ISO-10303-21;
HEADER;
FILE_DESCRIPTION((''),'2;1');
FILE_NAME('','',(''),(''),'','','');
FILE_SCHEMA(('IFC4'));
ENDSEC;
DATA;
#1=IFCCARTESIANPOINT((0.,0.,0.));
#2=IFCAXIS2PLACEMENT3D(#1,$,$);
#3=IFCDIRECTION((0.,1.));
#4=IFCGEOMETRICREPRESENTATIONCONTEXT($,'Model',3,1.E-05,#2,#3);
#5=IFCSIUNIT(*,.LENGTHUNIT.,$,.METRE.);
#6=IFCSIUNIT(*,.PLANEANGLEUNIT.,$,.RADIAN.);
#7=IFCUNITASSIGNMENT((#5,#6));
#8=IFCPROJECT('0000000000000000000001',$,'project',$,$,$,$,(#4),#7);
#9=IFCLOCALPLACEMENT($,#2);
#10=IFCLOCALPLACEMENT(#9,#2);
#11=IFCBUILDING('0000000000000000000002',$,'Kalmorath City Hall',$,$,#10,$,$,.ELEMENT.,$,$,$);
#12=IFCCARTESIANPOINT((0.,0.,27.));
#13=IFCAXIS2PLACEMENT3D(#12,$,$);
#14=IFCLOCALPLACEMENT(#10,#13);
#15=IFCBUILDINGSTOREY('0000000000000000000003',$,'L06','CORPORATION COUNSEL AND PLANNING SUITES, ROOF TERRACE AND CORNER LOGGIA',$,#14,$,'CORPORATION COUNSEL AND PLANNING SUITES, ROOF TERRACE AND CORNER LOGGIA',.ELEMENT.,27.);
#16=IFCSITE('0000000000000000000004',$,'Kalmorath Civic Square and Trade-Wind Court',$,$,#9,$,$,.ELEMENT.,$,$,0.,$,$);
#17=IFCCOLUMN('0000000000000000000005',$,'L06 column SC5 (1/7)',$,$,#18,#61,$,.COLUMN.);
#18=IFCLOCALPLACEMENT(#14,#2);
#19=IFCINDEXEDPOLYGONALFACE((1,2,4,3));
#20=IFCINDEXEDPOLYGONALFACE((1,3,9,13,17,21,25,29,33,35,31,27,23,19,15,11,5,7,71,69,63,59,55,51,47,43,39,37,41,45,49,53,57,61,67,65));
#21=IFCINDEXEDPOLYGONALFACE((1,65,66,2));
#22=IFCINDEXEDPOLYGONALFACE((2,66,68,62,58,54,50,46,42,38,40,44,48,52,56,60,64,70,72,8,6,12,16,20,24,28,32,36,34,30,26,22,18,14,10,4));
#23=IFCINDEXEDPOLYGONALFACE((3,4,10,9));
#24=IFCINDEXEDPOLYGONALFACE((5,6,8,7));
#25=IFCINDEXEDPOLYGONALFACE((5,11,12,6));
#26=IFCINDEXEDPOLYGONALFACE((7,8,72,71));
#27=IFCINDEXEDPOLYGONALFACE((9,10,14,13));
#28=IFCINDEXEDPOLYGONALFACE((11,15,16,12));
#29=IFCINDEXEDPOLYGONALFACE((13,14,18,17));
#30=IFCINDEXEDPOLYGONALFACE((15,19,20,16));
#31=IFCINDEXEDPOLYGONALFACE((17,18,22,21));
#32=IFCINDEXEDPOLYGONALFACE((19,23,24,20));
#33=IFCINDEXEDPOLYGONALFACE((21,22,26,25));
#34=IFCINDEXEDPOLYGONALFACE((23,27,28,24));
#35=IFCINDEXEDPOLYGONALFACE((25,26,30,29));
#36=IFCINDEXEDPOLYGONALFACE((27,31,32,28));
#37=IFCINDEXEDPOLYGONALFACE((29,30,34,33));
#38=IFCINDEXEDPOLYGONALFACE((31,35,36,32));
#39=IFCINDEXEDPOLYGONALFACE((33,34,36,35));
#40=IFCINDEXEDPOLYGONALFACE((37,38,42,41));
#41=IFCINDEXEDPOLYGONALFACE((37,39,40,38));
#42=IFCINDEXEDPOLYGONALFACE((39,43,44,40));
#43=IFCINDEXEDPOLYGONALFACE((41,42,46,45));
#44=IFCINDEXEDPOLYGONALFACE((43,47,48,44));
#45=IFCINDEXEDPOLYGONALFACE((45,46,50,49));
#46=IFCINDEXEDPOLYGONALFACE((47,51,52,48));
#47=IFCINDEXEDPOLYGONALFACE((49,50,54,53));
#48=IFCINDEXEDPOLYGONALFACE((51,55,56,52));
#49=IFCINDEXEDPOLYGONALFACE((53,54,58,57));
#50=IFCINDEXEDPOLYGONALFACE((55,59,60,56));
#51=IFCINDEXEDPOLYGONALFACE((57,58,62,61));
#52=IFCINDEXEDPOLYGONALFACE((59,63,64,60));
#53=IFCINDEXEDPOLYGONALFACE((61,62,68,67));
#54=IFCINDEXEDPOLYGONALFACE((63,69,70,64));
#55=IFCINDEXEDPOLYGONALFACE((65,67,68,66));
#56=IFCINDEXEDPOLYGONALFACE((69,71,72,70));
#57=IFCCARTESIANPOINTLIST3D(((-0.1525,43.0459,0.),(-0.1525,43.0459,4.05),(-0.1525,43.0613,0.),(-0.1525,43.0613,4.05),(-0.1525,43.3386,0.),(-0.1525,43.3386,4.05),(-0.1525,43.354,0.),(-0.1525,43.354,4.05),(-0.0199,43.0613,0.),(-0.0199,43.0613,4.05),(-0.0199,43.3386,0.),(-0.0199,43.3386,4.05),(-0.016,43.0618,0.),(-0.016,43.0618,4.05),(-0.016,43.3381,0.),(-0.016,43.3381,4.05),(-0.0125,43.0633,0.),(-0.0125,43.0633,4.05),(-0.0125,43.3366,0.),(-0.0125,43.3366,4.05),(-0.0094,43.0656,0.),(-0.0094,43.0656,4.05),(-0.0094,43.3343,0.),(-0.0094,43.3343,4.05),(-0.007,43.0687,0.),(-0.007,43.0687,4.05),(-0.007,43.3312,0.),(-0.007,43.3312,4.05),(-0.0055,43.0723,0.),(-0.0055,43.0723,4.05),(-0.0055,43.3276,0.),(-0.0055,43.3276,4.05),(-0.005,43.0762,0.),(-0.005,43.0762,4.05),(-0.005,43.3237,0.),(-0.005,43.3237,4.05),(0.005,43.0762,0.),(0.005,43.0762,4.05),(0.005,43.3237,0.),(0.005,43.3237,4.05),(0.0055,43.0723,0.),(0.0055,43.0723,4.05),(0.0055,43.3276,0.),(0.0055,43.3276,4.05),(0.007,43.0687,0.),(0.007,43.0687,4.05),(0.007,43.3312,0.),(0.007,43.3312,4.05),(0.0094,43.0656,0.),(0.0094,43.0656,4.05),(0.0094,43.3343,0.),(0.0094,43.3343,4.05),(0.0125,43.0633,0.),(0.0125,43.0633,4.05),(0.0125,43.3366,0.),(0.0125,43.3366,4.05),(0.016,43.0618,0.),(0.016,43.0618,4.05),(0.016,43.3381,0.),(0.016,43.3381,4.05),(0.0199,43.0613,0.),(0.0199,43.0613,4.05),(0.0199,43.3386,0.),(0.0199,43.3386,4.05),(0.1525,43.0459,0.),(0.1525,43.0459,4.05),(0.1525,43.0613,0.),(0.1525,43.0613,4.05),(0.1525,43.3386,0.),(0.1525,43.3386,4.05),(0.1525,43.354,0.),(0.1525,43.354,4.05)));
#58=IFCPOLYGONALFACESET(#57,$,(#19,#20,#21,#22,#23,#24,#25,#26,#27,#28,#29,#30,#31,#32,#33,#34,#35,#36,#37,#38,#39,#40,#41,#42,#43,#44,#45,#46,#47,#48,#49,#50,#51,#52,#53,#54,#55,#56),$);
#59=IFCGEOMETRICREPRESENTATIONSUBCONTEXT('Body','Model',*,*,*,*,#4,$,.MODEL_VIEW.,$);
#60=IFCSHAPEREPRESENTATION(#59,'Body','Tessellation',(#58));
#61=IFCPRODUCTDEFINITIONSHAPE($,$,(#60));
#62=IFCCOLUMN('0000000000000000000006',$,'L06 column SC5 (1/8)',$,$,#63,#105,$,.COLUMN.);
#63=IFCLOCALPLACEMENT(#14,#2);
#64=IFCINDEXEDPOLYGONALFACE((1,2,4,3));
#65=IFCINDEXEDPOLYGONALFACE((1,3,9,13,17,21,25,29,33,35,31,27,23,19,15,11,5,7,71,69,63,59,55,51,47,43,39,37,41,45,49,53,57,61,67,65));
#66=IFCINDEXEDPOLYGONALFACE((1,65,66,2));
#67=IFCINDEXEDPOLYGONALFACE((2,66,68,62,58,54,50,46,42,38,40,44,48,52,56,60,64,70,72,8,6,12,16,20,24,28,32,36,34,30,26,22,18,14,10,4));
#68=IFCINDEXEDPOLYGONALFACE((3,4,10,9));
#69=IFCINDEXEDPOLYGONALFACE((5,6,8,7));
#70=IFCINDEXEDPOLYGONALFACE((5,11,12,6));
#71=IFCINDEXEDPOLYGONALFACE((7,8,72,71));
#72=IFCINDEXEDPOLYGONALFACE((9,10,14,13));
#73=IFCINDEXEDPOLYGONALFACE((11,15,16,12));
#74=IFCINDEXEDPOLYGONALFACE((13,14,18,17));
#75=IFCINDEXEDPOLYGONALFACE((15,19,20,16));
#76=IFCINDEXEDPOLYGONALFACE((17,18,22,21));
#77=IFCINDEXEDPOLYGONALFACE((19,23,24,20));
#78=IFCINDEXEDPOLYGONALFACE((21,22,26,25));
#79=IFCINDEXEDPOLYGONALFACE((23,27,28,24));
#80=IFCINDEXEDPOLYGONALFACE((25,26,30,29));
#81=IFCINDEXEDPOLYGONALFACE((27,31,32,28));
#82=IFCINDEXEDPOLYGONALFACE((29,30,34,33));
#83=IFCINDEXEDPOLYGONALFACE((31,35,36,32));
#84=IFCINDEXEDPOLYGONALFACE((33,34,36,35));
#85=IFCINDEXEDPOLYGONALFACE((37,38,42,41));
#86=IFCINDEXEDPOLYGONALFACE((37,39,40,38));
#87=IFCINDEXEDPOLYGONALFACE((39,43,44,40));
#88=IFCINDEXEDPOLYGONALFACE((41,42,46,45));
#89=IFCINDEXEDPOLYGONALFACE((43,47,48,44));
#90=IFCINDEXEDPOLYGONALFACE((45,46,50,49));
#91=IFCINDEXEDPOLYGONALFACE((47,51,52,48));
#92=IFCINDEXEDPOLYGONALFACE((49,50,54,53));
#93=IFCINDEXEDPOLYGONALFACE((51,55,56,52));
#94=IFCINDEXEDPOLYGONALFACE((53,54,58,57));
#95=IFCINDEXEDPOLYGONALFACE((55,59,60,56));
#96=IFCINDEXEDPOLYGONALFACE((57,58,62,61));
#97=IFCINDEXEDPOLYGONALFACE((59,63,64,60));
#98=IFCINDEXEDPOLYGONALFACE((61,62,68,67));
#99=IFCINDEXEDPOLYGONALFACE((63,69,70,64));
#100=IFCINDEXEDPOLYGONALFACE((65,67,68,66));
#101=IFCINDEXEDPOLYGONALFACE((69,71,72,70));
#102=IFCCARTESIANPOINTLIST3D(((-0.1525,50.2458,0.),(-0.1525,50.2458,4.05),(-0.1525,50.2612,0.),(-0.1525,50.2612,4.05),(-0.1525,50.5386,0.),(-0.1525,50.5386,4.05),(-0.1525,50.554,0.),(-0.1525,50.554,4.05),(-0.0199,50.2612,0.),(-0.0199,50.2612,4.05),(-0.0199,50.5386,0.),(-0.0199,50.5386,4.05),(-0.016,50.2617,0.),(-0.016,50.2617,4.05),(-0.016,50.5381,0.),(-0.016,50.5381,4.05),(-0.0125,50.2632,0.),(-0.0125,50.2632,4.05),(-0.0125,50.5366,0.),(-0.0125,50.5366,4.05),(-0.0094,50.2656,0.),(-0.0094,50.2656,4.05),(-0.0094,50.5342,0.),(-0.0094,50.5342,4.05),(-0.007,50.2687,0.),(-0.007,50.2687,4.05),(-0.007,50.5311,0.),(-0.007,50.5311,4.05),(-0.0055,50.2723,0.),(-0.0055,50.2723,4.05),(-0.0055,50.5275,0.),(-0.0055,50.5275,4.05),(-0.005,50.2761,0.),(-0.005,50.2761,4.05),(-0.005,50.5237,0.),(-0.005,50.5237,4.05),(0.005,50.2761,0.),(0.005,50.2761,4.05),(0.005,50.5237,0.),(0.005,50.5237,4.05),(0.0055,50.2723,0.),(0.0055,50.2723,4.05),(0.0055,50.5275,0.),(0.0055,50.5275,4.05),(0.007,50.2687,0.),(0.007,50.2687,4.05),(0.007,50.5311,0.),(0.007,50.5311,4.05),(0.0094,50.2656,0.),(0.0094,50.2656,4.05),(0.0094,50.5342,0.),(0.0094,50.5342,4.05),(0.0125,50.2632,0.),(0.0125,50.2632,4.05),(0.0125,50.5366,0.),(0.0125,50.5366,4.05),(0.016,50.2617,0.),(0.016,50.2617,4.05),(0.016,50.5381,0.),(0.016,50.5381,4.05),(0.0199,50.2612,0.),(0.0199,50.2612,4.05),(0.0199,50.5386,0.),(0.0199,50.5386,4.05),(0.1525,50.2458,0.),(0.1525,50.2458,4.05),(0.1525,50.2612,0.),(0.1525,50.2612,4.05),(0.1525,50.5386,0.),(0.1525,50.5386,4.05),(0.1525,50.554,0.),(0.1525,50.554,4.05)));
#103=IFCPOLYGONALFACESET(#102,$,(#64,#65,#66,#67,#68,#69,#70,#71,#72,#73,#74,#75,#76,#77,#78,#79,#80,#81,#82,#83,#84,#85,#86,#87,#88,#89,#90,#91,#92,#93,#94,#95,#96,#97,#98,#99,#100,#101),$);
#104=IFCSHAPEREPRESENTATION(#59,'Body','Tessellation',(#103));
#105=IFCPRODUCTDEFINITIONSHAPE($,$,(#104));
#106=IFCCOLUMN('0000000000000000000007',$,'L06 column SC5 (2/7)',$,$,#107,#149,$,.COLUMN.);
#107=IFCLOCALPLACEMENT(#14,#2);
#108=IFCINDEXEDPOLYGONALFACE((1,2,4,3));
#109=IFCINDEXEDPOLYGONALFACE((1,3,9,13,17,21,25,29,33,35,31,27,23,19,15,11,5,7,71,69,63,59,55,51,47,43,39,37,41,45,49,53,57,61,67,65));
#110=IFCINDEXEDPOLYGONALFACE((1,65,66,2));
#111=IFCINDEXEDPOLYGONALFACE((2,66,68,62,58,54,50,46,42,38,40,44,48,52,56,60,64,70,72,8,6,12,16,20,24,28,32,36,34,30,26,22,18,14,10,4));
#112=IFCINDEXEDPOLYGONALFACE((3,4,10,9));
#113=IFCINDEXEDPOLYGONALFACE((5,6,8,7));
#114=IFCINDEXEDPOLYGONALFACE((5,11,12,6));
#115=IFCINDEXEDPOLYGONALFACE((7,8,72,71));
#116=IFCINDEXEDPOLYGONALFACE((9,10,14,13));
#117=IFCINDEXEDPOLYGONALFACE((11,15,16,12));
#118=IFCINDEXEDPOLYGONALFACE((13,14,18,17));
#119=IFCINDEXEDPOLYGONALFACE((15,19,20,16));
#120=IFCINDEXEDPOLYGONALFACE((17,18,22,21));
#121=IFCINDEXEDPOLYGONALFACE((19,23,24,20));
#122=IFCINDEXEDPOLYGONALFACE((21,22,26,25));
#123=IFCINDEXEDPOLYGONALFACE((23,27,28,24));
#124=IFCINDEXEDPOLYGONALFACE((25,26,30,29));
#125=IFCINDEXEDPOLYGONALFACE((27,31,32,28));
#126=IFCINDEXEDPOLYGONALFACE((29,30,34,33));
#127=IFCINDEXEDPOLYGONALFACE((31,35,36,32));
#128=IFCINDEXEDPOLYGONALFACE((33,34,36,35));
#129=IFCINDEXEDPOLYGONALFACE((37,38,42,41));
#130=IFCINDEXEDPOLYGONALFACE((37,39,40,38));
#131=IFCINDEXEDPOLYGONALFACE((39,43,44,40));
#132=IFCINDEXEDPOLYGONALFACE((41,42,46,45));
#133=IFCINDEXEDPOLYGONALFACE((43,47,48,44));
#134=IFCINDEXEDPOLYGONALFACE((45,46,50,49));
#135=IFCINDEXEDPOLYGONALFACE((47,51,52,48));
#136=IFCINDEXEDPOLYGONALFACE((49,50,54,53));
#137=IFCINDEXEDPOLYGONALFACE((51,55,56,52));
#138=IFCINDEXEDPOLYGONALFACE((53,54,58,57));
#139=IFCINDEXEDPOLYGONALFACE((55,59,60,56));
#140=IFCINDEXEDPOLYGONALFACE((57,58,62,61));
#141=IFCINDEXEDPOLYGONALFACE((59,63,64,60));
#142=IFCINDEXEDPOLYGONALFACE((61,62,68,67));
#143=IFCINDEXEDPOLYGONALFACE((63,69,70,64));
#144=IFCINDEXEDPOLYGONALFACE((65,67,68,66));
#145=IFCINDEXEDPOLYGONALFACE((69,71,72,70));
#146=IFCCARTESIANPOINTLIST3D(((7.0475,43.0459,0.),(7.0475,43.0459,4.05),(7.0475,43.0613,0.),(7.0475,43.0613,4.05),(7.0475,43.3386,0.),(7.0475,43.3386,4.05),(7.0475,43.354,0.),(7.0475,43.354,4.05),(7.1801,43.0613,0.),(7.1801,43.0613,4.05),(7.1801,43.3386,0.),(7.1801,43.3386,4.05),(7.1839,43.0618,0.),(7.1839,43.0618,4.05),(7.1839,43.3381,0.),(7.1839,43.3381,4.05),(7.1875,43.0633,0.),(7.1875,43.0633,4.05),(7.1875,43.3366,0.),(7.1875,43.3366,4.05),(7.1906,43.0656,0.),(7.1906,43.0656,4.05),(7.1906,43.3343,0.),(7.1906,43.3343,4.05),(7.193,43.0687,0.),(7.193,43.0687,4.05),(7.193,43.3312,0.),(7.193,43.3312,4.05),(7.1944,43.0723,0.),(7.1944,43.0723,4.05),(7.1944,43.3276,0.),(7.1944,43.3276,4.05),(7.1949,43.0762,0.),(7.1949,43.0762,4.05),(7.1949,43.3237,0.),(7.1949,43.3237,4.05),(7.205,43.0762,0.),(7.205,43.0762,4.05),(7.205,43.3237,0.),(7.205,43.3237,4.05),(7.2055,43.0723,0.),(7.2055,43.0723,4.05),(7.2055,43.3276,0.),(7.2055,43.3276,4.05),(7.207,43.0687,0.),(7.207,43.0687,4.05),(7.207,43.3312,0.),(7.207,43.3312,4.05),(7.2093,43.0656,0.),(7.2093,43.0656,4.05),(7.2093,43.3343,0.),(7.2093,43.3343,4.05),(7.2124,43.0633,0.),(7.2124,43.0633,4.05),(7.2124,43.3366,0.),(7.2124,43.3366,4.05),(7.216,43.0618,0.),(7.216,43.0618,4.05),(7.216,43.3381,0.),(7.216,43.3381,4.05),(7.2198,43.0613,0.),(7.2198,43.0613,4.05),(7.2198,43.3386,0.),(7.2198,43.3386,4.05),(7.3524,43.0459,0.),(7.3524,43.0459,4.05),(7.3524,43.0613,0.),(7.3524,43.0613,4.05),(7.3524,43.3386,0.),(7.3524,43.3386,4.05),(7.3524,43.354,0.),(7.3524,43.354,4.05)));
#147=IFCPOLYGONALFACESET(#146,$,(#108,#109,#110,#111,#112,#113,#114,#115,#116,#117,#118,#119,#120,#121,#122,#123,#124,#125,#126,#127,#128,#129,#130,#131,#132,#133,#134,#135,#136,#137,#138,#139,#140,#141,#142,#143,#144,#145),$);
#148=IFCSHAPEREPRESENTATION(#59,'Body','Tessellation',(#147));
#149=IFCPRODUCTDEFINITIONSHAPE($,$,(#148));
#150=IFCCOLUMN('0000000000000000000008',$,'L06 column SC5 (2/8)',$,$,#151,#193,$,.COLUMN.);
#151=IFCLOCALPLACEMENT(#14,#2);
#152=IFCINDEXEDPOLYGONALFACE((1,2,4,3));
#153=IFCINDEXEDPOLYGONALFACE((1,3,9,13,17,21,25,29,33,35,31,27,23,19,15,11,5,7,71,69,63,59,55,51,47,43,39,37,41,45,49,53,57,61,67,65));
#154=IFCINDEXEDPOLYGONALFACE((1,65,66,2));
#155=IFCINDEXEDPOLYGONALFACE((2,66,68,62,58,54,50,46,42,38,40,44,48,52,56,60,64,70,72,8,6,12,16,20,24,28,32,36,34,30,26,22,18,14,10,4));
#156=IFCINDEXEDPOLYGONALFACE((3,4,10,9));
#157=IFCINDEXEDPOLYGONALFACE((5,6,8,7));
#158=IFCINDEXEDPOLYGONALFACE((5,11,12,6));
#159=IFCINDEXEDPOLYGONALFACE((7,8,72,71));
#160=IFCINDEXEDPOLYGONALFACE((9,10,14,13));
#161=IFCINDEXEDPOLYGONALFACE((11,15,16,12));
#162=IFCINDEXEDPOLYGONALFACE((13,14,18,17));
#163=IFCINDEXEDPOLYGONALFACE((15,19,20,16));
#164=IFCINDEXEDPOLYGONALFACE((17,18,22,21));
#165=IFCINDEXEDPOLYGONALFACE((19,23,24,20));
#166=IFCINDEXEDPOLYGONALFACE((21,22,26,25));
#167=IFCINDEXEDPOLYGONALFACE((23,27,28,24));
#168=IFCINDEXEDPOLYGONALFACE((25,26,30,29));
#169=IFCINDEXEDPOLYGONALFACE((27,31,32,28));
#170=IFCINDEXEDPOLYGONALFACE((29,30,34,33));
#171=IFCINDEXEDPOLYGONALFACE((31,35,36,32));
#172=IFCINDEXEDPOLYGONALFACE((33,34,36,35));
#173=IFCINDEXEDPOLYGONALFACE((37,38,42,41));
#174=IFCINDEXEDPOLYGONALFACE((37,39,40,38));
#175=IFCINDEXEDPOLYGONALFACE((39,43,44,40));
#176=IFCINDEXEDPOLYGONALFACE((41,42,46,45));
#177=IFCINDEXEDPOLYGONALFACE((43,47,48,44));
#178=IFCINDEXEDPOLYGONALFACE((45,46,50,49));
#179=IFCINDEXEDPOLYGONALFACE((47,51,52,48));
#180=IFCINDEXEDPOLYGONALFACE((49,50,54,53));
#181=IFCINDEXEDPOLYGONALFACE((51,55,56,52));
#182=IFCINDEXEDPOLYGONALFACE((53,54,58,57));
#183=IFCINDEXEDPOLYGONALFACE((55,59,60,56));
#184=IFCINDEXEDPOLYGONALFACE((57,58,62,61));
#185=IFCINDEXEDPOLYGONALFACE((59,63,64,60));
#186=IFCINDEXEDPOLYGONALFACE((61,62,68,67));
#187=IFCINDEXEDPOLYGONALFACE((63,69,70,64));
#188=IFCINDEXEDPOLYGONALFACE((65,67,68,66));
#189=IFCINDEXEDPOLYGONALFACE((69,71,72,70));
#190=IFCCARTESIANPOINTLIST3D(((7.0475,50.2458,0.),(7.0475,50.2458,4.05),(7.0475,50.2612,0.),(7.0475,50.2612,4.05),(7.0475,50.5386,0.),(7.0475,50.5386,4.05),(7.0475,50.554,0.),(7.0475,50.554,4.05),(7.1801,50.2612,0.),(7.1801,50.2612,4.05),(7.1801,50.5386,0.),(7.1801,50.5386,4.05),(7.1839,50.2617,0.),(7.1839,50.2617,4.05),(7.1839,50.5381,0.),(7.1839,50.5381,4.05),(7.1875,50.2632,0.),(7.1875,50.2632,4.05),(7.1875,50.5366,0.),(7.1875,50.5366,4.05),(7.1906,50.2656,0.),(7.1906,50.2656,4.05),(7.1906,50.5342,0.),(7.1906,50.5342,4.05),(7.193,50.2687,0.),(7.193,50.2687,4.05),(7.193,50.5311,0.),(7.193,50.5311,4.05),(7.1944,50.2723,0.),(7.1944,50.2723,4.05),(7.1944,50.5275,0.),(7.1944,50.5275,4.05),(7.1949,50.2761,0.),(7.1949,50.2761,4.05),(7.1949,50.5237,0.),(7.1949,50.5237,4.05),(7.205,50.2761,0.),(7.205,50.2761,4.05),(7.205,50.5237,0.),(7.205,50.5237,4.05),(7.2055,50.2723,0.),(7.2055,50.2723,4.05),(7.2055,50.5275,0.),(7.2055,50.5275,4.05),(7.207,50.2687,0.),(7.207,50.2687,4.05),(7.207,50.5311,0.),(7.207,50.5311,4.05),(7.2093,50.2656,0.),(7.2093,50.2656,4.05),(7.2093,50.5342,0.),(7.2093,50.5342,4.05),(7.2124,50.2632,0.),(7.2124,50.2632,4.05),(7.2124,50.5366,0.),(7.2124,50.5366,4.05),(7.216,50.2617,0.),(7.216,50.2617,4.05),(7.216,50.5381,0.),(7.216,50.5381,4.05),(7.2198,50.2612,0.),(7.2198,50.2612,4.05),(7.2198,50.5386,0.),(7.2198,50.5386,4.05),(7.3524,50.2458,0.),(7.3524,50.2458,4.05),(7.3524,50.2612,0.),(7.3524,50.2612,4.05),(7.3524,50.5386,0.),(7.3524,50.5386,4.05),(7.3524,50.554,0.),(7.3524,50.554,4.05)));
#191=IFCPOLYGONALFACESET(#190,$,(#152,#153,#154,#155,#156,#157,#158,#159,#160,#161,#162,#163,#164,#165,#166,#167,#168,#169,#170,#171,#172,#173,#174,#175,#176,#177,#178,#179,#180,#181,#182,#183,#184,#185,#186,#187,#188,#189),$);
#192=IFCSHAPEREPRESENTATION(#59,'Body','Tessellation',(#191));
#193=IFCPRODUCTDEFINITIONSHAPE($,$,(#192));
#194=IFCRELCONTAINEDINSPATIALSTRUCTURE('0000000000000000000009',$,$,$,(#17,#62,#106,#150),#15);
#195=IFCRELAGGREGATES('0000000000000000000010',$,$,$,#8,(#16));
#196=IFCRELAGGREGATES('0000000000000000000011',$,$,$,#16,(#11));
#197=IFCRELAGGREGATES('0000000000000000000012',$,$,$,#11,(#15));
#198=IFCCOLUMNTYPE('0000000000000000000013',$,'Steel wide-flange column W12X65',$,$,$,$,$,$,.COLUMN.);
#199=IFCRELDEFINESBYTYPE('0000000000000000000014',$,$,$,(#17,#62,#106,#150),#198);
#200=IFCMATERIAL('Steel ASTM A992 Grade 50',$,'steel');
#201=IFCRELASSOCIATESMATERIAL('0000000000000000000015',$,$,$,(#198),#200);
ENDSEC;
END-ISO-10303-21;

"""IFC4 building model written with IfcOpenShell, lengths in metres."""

from ifc_helpers import new_model, si_unit, direction, frame, origin, origin_2d, place, context, subcontext, project, spatial, i_section, extrude, material, material_profile, profile_set, type_object, element, save


model = new_model("IFC4")

# Units and contexts
model_context = context("Model", 3, precision=1e-05, world=origin(), true_north=direction((0.0, 1.0)))
body_context = subcontext(model_context, "Body", "Model", "MODEL_VIEW")
ifc_project = project(units=[si_unit("LENGTHUNIT", "METRE"), si_unit("PLANEANGLEUNIT", "RADIAN")], contexts=[model_context])

# Site, building, storey
site_placement = place(None, origin())
site = spatial("IfcSite", under=ifc_project, at=site_placement, Name="Kalmorath Civic Square and Trade-Wind Court", CompositionType="ELEMENT", RefElevation=0.0)
building_placement = place(site_placement, origin())
building = spatial("IfcBuilding", under=site, at=building_placement, Name="Kalmorath City Hall", CompositionType="ELEMENT")
storey_placement = place(building_placement, frame((0.0, 0.0, 27.0)))
storey = spatial("IfcBuildingStorey", under=building, at=storey_placement, Name="L06", Description="CORPORATION COUNSEL AND PLANNING SUITES, ROOF TERRACE AND CORNER LOGGIA", LongName="CORPORATION COUNSEL AND PLANNING SUITES, ROOF TERRACE AND CORNER LOGGIA", CompositionType="ELEMENT", Elevation=27.0)

# Columns
ifc_material_1 = material(Name="Steel ASTM A992 Grade 50", Category="steel")
ifc_material_profile_1 = material_profile(ifc_material_1, i_section(OverallWidth=0.3049, OverallDepth=0.3081, WebThickness=0.01, FlangeThickness=0.0154, FilletRadius=0.0149, at=origin_2d()), Name="W12X65")
ifc_profile_set_1 = profile_set([ifc_material_profile_1], Name="Steel ASTM A992 Grade 50")
column_type = type_object("IfcColumnType", Name="Steel wide-flange column W12X65", PredefinedType="COLUMN", material=ifc_profile_set_1)
for number, where, z_axis, x_axis, name in (
    (1, (0.0, 43.2, 0.0), (0.0, 0.0, 1.0), (1.0, 0.0, 0.0), "L06 column SC5 (1/7)"),
    (2, (0.0, 50.3999, 0.0), (0.0, 0.0, 1.0), (1.0, 0.0, 0.0), "L06 column SC5 (1/8)"),
    (3, (7.2, 43.2, 0.0), (0.0, 0.0, 1.0), (1.0, 0.0, 0.0), "L06 column SC5 (2/7)"),
    (4, (7.2, 50.3999, 0.0), (0.0, 0.0, 1.0), (1.0, 0.0, 0.0), "L06 column SC5 (2/8)"),
):
    element("IfcColumn", number, at=place(storey_placement, frame(where, z_axis=z_axis, x_axis=x_axis)), inside=storey, type_object=column_type, Name=name, PredefinedType="COLUMN", context=body_context, shape_type="SweptSolid", body=[
        extrude(i_section(OverallWidth=0.3049, OverallDepth=0.3081, WebThickness=0.01, FlangeThickness=0.0154, FilletRadius=0.0149, at=origin_2d()), origin(), (0.0, 0.0, 1.0), 4.05),
    ])

save(model, "model.ifc")
